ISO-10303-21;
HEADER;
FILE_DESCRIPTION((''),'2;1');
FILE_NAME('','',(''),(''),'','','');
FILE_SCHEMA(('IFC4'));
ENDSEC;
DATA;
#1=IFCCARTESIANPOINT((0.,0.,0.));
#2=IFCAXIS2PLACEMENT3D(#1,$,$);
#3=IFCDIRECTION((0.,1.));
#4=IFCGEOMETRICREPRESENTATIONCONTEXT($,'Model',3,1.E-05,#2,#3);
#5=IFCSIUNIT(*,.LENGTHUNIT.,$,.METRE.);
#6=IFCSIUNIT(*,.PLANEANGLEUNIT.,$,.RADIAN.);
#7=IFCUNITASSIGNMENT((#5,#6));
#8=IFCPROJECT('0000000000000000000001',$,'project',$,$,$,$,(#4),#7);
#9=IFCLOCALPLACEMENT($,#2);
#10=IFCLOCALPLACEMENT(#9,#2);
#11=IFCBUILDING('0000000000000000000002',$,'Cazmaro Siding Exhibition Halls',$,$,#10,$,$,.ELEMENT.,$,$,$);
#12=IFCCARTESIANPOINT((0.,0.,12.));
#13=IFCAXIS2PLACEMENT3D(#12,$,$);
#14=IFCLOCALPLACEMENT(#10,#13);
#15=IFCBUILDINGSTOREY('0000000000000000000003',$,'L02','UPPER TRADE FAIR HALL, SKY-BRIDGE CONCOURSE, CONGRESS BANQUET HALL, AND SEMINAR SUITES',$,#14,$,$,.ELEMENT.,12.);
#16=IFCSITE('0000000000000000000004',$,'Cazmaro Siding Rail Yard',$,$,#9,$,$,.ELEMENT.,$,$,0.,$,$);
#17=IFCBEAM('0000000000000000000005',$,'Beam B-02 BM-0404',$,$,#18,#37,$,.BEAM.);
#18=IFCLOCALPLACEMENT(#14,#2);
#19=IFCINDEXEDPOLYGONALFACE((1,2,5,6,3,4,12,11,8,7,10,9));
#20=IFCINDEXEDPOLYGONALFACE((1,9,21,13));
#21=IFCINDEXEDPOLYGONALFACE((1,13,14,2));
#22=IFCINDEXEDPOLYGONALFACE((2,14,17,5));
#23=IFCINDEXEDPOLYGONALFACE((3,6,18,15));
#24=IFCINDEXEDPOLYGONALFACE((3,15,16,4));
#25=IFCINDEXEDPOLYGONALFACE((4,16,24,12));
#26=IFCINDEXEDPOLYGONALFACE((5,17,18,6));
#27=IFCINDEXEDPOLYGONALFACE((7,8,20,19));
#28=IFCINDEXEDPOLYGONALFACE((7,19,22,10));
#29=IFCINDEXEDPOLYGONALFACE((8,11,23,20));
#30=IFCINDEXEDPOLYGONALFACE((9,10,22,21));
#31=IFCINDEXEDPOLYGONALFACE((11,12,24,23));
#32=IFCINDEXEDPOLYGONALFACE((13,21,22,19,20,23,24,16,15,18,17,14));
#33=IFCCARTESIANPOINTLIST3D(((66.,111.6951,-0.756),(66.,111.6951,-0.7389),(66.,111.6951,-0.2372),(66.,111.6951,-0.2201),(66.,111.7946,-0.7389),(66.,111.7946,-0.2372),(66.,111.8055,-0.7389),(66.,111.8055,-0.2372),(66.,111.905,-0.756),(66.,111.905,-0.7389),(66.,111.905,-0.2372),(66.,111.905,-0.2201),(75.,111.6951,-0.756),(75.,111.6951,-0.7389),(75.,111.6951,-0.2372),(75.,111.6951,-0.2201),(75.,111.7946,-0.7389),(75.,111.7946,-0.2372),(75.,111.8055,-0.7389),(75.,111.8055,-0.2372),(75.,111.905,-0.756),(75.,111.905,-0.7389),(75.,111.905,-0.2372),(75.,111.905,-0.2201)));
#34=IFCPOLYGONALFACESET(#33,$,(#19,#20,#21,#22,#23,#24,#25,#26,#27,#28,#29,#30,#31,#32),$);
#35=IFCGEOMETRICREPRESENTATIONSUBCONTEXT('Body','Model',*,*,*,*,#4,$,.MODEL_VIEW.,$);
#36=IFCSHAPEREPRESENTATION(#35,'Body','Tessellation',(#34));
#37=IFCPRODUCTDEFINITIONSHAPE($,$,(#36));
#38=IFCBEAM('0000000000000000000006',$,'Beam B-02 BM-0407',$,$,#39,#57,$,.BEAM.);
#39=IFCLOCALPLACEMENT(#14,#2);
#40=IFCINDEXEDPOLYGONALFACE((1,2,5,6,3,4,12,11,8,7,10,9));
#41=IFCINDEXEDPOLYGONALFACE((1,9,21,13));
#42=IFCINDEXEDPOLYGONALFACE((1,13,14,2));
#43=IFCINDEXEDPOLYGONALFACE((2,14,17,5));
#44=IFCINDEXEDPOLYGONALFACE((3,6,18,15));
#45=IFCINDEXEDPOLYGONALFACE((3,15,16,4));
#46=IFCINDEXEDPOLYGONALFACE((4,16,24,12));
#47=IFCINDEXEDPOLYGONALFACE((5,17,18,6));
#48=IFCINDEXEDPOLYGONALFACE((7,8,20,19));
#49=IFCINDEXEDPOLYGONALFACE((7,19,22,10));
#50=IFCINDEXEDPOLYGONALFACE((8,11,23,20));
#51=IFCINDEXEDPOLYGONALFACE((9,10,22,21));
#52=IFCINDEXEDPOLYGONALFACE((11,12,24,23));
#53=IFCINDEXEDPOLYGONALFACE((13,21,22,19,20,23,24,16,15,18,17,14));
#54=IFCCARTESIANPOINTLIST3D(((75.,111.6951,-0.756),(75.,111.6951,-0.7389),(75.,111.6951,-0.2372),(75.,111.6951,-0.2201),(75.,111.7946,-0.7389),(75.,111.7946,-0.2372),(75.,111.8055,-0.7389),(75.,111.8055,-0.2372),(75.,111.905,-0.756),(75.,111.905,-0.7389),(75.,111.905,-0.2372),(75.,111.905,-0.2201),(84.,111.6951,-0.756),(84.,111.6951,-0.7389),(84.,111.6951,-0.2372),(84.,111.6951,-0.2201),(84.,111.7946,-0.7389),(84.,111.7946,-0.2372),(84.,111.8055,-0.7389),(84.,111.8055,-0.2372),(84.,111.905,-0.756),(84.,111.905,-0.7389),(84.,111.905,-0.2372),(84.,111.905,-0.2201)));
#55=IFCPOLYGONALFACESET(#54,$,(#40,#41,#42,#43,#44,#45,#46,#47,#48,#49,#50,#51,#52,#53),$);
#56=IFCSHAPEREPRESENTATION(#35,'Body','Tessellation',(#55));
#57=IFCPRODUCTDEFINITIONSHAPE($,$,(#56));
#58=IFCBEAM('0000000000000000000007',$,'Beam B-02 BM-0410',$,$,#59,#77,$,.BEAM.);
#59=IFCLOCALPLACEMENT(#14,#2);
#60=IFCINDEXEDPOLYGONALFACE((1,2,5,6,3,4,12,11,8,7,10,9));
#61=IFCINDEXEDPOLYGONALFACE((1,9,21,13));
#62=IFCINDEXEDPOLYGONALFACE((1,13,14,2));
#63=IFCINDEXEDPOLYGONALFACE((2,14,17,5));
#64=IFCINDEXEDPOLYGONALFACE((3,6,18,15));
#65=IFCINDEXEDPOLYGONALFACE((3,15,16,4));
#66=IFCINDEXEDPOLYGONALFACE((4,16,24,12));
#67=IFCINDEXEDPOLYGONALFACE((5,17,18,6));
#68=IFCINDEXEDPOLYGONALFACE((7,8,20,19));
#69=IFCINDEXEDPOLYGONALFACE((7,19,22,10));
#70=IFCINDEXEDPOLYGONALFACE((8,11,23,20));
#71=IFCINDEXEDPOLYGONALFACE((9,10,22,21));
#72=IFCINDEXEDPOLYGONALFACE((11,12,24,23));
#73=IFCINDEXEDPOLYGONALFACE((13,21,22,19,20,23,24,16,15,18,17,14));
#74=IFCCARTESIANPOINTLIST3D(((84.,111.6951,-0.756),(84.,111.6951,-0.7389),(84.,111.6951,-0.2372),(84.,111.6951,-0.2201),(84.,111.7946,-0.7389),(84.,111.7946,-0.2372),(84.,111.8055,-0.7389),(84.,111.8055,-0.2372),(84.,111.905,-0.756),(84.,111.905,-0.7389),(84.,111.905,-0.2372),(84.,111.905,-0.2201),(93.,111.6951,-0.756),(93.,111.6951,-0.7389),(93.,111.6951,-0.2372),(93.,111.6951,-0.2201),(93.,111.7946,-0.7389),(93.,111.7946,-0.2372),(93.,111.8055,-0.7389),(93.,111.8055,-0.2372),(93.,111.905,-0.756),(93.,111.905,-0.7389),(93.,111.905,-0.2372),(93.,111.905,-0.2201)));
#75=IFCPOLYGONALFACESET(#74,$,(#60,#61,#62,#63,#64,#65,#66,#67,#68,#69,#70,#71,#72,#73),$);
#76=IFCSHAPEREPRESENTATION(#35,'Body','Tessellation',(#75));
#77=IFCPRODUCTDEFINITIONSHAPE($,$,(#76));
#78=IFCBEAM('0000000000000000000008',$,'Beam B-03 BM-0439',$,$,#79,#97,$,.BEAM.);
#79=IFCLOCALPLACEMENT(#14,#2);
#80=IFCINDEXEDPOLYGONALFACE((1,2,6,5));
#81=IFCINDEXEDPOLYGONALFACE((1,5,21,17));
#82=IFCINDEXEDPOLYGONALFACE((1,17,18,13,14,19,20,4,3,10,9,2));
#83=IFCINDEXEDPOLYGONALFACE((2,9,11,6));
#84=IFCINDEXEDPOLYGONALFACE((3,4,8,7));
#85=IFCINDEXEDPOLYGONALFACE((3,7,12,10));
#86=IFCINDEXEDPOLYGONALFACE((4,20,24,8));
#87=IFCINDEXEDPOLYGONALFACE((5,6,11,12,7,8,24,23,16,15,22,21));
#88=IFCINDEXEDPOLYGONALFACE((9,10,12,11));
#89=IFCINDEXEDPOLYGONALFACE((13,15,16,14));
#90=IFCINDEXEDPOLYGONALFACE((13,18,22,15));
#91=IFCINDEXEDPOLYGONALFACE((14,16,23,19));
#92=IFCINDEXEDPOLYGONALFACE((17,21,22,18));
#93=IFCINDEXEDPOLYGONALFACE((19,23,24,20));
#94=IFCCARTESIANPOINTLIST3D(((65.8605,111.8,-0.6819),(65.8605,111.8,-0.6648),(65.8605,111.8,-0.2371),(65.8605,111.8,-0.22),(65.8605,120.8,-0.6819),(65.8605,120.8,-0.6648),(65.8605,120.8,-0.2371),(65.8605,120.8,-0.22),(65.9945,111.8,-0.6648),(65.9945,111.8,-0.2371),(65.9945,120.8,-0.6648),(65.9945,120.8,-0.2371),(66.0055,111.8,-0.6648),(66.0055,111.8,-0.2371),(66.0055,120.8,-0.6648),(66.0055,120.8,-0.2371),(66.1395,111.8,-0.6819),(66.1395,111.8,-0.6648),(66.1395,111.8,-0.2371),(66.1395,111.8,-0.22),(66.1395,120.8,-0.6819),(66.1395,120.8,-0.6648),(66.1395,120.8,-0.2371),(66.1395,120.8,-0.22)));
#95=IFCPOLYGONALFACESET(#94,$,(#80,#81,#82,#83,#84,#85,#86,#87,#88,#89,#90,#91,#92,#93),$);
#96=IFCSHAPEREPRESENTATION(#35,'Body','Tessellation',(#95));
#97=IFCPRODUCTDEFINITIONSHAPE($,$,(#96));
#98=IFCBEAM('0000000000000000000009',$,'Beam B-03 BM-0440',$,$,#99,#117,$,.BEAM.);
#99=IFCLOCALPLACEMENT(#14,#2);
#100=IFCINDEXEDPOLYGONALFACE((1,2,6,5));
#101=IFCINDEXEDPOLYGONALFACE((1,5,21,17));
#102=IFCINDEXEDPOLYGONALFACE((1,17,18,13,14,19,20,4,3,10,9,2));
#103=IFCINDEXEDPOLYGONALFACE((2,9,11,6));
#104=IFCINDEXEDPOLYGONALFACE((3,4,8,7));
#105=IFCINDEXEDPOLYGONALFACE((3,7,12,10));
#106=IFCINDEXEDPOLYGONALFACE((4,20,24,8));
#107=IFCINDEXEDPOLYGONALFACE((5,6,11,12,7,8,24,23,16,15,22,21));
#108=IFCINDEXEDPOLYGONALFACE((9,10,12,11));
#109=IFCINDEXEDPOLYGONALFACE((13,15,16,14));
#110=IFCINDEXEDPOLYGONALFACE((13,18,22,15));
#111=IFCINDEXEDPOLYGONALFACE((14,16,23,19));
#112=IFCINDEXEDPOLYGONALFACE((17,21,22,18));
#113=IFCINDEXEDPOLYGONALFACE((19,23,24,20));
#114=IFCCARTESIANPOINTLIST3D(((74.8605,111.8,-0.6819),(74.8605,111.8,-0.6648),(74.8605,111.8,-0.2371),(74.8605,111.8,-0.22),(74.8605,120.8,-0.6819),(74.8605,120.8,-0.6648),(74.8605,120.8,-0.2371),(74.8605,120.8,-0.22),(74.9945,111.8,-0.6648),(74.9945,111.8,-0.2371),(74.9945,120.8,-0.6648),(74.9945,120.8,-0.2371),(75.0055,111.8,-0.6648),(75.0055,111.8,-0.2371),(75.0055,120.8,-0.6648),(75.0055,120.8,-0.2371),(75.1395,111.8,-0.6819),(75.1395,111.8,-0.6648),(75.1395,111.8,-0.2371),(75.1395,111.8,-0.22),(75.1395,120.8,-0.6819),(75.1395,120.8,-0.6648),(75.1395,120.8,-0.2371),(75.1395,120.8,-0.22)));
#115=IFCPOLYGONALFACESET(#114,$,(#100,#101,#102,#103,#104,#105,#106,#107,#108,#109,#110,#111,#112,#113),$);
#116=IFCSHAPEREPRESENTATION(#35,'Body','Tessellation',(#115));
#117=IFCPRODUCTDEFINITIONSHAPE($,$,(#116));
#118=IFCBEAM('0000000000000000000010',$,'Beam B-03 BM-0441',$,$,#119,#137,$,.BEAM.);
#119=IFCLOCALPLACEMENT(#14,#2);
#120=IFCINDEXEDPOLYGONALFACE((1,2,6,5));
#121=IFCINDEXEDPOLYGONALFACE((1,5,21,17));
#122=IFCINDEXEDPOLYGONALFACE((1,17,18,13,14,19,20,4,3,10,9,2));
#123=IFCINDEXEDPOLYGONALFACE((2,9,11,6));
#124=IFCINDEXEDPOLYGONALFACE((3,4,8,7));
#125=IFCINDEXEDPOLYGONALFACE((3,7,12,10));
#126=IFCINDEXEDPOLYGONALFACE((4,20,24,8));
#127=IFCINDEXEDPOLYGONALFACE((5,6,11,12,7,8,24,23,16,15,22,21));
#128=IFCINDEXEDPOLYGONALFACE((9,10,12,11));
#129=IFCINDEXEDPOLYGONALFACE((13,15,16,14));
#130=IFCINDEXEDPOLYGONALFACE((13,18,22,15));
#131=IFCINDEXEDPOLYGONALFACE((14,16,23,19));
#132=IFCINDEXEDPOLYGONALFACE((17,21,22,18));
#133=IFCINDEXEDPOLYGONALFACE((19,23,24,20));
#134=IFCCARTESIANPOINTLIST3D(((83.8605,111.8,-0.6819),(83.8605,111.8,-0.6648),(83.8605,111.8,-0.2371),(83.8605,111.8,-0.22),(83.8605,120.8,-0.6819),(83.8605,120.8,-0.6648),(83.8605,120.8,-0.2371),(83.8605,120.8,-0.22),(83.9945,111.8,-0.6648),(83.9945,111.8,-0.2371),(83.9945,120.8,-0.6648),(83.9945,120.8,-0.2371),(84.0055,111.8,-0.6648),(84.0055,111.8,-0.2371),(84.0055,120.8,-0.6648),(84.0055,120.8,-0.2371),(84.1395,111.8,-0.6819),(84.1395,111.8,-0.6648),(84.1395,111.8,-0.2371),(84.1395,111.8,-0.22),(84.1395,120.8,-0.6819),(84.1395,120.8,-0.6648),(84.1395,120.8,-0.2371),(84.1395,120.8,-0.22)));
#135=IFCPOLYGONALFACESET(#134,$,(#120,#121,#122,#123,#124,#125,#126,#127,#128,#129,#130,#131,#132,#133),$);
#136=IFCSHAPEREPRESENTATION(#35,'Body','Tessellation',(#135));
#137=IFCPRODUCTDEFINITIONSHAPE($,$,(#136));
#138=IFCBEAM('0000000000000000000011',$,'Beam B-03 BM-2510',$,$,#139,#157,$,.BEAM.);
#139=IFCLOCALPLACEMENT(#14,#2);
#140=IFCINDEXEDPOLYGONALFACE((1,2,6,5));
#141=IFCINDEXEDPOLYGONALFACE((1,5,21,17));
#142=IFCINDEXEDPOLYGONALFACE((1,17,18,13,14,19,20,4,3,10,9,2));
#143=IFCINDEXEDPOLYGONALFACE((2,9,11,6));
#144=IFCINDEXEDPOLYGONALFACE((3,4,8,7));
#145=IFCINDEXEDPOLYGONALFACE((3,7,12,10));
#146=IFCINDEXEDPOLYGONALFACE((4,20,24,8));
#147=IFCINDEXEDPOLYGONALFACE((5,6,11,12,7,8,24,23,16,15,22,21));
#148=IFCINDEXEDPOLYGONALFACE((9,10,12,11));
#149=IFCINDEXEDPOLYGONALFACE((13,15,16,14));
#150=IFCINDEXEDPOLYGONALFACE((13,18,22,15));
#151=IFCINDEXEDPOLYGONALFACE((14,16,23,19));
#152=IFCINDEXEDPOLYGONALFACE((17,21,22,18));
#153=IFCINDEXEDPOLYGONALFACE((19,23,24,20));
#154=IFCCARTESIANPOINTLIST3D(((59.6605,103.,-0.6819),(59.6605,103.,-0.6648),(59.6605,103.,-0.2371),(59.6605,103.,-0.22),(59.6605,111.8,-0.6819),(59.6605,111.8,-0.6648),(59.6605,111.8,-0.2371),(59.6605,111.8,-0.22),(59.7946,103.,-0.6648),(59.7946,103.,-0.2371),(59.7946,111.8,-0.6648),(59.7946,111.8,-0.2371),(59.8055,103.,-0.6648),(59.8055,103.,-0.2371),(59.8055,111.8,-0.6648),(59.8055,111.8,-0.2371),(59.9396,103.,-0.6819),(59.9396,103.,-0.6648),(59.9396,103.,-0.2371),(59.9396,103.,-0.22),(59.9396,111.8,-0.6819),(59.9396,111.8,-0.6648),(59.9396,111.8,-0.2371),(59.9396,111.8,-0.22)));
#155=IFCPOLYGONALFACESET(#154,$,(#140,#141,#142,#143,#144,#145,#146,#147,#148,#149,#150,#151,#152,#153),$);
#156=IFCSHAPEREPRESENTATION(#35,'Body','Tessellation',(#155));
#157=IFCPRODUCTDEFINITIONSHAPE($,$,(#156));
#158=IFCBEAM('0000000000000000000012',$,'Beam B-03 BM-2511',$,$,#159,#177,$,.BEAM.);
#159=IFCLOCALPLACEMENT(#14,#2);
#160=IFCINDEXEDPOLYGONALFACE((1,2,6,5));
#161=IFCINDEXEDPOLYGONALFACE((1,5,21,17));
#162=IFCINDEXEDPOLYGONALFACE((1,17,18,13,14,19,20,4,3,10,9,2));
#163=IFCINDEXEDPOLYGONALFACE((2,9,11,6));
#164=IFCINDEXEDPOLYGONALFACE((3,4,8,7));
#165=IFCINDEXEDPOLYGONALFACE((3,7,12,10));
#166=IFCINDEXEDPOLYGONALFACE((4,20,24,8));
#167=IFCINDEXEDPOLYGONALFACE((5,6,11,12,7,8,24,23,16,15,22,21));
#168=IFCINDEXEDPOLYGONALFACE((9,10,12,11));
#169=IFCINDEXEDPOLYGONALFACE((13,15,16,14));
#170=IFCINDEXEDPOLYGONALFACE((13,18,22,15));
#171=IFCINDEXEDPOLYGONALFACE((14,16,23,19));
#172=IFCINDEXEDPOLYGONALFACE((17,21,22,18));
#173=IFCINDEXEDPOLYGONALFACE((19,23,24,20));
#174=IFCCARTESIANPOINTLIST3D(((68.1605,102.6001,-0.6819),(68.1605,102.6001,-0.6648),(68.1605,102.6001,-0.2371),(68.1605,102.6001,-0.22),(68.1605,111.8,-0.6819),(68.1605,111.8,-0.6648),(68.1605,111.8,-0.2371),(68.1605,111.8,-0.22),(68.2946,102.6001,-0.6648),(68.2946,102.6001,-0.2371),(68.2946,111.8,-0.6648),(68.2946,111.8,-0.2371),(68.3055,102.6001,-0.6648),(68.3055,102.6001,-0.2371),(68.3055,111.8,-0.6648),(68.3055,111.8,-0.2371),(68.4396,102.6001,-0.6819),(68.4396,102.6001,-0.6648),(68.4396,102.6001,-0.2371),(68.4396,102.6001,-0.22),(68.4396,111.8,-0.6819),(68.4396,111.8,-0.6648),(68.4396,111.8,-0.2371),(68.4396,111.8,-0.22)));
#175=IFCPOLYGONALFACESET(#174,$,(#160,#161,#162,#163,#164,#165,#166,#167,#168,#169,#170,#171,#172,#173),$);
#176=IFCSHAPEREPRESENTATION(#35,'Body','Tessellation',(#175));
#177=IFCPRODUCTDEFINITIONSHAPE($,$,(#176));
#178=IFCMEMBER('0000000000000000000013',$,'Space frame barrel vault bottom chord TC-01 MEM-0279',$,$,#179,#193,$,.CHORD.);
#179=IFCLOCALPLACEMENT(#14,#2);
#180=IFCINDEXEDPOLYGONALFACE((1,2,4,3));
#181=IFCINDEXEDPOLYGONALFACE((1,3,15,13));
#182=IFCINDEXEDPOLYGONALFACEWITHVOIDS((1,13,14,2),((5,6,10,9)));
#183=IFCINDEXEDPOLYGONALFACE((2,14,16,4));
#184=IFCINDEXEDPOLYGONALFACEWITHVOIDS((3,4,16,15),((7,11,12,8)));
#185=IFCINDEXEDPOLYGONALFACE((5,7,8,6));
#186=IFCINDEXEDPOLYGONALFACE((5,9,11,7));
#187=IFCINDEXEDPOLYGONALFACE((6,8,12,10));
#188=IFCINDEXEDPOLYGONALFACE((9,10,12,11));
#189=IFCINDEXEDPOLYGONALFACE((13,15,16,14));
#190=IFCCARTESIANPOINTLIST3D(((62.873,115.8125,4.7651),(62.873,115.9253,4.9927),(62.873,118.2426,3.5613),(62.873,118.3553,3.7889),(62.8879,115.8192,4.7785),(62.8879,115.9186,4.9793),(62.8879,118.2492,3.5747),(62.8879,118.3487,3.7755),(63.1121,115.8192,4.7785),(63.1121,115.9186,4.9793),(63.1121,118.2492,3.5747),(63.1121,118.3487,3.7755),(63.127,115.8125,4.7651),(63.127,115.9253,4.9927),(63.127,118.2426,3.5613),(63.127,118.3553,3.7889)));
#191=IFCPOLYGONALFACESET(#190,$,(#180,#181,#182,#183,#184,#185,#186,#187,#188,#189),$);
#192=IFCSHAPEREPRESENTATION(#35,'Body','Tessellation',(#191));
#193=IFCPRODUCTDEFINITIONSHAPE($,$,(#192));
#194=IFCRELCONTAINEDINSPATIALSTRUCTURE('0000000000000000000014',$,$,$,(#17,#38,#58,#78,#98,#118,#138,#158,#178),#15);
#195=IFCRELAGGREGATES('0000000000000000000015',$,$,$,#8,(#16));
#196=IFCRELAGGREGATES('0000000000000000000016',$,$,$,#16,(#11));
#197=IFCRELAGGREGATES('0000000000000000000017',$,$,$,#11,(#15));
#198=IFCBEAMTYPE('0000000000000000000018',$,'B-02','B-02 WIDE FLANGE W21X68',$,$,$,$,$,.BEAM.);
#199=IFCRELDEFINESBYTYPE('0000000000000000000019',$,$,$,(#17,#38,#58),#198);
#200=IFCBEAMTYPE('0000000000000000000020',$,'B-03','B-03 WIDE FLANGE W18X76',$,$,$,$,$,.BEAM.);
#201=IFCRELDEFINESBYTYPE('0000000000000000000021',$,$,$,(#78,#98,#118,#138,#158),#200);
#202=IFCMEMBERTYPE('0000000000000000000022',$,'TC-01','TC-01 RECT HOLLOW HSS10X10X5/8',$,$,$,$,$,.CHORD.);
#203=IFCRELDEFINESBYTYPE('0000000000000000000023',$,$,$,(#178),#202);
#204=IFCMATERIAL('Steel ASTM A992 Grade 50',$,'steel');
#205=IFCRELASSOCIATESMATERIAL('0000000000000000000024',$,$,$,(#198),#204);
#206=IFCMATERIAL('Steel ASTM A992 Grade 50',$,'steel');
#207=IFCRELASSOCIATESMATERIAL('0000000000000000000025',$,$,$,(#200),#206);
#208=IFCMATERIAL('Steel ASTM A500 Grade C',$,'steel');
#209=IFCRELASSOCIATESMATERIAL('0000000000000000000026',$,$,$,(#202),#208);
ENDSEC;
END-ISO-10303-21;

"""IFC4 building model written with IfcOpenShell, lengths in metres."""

from ifc_helpers import new_model, si_unit, direction, frame, origin, origin_2d, place, context, subcontext, project, spatial, hollow_rectangle, i_section, extrude, material, material_profile, profile_set, type_object, element, save


model = new_model("IFC4")

# Units and contexts
model_context = context("Model", 3, precision=1e-05, world=origin(), true_north=direction((0.0, 1.0)))
body_context = subcontext(model_context, "Body", "Model", "MODEL_VIEW")
ifc_project = project(units=[si_unit("LENGTHUNIT", "METRE"), si_unit("PLANEANGLEUNIT", "RADIAN")], contexts=[model_context])

# Site, building, storey
site_placement = place(None, origin())
site = spatial("IfcSite", under=ifc_project, at=site_placement, Name="Cazmaro Siding Rail Yard", CompositionType="ELEMENT", RefElevation=0.0)
building_placement = place(site_placement, origin())
building = spatial("IfcBuilding", under=site, at=building_placement, Name="Cazmaro Siding Exhibition Halls", CompositionType="ELEMENT")
storey_placement = place(building_placement, frame((0.0, 0.0, 12.0)))
storey = spatial("IfcBuildingStorey", under=building, at=storey_placement, Name="L02", Description="UPPER TRADE FAIR HALL, SKY-BRIDGE CONCOURSE, CONGRESS BANQUET HALL, AND SEMINAR SUITES", CompositionType="ELEMENT", Elevation=12.0)

# Beams
ifc_material_1 = material(Name="Steel ASTM A992 Grade 50", Category="steel")
ifc_material_profile_1 = material_profile(ifc_material_1, i_section(OverallWidth=0.21, OverallDepth=0.5359, WebThickness=0.011, FlangeThickness=0.0171, at=origin_2d()), Name="W21X68")
ifc_profile_set_1 = profile_set([ifc_material_profile_1], Name="Steel ASTM A992 Grade 50")
beam_type_1 = type_object("IfcBeamType", Name="B-02", Description="B-02 WIDE FLANGE W21X68", PredefinedType="BEAM", material=ifc_profile_set_1)
for number, where, z_axis, x_axis, name in (
    (1, (66.0, 111.8, -0.488), (1.0, 0.0, 0.0), (0.0, 1.0, 0.0), "Beam B-02 BM-0404"),
    (2, (75.0, 111.8, -0.488), (1.0, 0.0, 0.0), (0.0, 1.0, 0.0), "Beam B-02 BM-0407"),
    (3, (84.0, 111.8, -0.488), (1.0, 0.0, 0.0), (0.0, 1.0, 0.0), "Beam B-02 BM-0410"),
):
    element("IfcBeam", number, at=place(storey_placement, frame(where, z_axis=z_axis, x_axis=x_axis)), inside=storey, type_object=beam_type_1, Name=name, PredefinedType="BEAM", context=body_context, shape_type="SweptSolid", body=[
        extrude(i_section(OverallWidth=0.21, OverallDepth=0.5359, WebThickness=0.011, FlangeThickness=0.0171, at=origin_2d()), origin(), (0.0, 0.0, 1.0), 9.0),
    ])
ifc_material_2 = material(Name="Steel ASTM A992 Grade 50", Category="steel")
ifc_material_profile_2 = material_profile(ifc_material_2, i_section(OverallWidth=0.2791, OverallDepth=0.4619, WebThickness=0.011, FlangeThickness=0.0171, at=origin_2d()), Name="W18X76")
ifc_profile_set_2 = profile_set([ifc_material_profile_2], Name="Steel ASTM A992 Grade 50")
beam_type_2 = type_object("IfcBeamType", Name="B-03", Description="B-03 WIDE FLANGE W18X76", PredefinedType="BEAM", material=ifc_profile_set_2)
for number, where, z_axis, x_axis, name in (
    (4, (66.0, 111.8, -0.4509), (0.0, 1.0, 0.0), (-1.0, 0.0, 0.0), "Beam B-03 BM-0439"),
    (5, (75.0, 111.8, -0.4509), (0.0, 1.0, 0.0), (-1.0, 0.0, 0.0), "Beam B-03 BM-0440"),
    (6, (84.0, 111.8, -0.4509), (0.0, 1.0, 0.0), (-1.0, 0.0, 0.0), "Beam B-03 BM-0441"),
):
    element("IfcBeam", number, at=place(storey_placement, frame(where, z_axis=z_axis, x_axis=x_axis)), inside=storey, type_object=beam_type_2, Name=name, PredefinedType="BEAM", context=body_context, shape_type="SweptSolid", body=[
        extrude(i_section(OverallWidth=0.2791, OverallDepth=0.4619, WebThickness=0.011, FlangeThickness=0.0171, at=origin_2d()), origin(), (0.0, 0.0, 1.0), 9.0),
    ])
beam_1_placement = place(storey_placement, frame((59.8, 103.0, -0.4509), z_axis=(0.0, 1.0, 0.0), x_axis=(-1.0, 0.0, 0.0)))
element("IfcBeam", 7, at=beam_1_placement, inside=storey, type_object=beam_type_2, Name="Beam B-03 BM-2510", PredefinedType="BEAM", context=body_context, shape_type="SweptSolid", body=[
    extrude(i_section(OverallWidth=0.2791, OverallDepth=0.4619, WebThickness=0.011, FlangeThickness=0.0171, at=origin_2d()), origin(), (0.0, 0.0, 1.0), 8.8),
])
beam_2_placement = place(storey_placement, frame((68.3, 102.6001, -0.4509), z_axis=(0.0, 1.0, 0.0), x_axis=(-1.0, 0.0, 0.0)))
element("IfcBeam", 8, at=beam_2_placement, inside=storey, type_object=beam_type_2, Name="Beam B-03 BM-2511", PredefinedType="BEAM", context=body_context, shape_type="SweptSolid", body=[
    extrude(i_section(OverallWidth=0.2791, OverallDepth=0.4619, WebThickness=0.011, FlangeThickness=0.0171, at=origin_2d()), origin(), (0.0, 0.0, 1.0), 9.2),
])

# Member
ifc_material_3 = material(Name="Steel ASTM A500 Grade C", Category="steel")
ifc_material_profile_3 = material_profile(ifc_material_3, hollow_rectangle(XDim=0.2539, YDim=0.2539, WallThickness=0.0149, at=origin_2d()), Name="HSS10X10X5/8")
ifc_profile_set_3 = profile_set([ifc_material_profile_3], Name="Steel ASTM A500 Grade C")
member_type_1 = type_object("IfcMemberType", Name="TC-01", Description="TC-01 RECT HOLLOW HSS10X10X5/8", PredefinedType="CHORD", material=ifc_profile_set_3)
for number, where, z_axis, x_axis, name in (
    (9, (63.0, 115.8689, 4.8789), (0.0, 0.896077, -0.443898), (-1.0, 0.0, 0.0), "Space frame barrel vault bottom chord TC-01 MEM-0279"),
):
    element("IfcMember", number, at=place(storey_placement, frame(where, z_axis=z_axis, x_axis=x_axis)), inside=storey, type_object=member_type_1, Name=name, PredefinedType="CHORD", context=body_context, shape_type="SweptSolid", body=[
        extrude(hollow_rectangle(XDim=0.2539, YDim=0.2539, WallThickness=0.0149, at=origin_2d()), origin(), (0.0, 0.0, 1.0), 2.7119),
    ])

save(model, "model.ifc")
